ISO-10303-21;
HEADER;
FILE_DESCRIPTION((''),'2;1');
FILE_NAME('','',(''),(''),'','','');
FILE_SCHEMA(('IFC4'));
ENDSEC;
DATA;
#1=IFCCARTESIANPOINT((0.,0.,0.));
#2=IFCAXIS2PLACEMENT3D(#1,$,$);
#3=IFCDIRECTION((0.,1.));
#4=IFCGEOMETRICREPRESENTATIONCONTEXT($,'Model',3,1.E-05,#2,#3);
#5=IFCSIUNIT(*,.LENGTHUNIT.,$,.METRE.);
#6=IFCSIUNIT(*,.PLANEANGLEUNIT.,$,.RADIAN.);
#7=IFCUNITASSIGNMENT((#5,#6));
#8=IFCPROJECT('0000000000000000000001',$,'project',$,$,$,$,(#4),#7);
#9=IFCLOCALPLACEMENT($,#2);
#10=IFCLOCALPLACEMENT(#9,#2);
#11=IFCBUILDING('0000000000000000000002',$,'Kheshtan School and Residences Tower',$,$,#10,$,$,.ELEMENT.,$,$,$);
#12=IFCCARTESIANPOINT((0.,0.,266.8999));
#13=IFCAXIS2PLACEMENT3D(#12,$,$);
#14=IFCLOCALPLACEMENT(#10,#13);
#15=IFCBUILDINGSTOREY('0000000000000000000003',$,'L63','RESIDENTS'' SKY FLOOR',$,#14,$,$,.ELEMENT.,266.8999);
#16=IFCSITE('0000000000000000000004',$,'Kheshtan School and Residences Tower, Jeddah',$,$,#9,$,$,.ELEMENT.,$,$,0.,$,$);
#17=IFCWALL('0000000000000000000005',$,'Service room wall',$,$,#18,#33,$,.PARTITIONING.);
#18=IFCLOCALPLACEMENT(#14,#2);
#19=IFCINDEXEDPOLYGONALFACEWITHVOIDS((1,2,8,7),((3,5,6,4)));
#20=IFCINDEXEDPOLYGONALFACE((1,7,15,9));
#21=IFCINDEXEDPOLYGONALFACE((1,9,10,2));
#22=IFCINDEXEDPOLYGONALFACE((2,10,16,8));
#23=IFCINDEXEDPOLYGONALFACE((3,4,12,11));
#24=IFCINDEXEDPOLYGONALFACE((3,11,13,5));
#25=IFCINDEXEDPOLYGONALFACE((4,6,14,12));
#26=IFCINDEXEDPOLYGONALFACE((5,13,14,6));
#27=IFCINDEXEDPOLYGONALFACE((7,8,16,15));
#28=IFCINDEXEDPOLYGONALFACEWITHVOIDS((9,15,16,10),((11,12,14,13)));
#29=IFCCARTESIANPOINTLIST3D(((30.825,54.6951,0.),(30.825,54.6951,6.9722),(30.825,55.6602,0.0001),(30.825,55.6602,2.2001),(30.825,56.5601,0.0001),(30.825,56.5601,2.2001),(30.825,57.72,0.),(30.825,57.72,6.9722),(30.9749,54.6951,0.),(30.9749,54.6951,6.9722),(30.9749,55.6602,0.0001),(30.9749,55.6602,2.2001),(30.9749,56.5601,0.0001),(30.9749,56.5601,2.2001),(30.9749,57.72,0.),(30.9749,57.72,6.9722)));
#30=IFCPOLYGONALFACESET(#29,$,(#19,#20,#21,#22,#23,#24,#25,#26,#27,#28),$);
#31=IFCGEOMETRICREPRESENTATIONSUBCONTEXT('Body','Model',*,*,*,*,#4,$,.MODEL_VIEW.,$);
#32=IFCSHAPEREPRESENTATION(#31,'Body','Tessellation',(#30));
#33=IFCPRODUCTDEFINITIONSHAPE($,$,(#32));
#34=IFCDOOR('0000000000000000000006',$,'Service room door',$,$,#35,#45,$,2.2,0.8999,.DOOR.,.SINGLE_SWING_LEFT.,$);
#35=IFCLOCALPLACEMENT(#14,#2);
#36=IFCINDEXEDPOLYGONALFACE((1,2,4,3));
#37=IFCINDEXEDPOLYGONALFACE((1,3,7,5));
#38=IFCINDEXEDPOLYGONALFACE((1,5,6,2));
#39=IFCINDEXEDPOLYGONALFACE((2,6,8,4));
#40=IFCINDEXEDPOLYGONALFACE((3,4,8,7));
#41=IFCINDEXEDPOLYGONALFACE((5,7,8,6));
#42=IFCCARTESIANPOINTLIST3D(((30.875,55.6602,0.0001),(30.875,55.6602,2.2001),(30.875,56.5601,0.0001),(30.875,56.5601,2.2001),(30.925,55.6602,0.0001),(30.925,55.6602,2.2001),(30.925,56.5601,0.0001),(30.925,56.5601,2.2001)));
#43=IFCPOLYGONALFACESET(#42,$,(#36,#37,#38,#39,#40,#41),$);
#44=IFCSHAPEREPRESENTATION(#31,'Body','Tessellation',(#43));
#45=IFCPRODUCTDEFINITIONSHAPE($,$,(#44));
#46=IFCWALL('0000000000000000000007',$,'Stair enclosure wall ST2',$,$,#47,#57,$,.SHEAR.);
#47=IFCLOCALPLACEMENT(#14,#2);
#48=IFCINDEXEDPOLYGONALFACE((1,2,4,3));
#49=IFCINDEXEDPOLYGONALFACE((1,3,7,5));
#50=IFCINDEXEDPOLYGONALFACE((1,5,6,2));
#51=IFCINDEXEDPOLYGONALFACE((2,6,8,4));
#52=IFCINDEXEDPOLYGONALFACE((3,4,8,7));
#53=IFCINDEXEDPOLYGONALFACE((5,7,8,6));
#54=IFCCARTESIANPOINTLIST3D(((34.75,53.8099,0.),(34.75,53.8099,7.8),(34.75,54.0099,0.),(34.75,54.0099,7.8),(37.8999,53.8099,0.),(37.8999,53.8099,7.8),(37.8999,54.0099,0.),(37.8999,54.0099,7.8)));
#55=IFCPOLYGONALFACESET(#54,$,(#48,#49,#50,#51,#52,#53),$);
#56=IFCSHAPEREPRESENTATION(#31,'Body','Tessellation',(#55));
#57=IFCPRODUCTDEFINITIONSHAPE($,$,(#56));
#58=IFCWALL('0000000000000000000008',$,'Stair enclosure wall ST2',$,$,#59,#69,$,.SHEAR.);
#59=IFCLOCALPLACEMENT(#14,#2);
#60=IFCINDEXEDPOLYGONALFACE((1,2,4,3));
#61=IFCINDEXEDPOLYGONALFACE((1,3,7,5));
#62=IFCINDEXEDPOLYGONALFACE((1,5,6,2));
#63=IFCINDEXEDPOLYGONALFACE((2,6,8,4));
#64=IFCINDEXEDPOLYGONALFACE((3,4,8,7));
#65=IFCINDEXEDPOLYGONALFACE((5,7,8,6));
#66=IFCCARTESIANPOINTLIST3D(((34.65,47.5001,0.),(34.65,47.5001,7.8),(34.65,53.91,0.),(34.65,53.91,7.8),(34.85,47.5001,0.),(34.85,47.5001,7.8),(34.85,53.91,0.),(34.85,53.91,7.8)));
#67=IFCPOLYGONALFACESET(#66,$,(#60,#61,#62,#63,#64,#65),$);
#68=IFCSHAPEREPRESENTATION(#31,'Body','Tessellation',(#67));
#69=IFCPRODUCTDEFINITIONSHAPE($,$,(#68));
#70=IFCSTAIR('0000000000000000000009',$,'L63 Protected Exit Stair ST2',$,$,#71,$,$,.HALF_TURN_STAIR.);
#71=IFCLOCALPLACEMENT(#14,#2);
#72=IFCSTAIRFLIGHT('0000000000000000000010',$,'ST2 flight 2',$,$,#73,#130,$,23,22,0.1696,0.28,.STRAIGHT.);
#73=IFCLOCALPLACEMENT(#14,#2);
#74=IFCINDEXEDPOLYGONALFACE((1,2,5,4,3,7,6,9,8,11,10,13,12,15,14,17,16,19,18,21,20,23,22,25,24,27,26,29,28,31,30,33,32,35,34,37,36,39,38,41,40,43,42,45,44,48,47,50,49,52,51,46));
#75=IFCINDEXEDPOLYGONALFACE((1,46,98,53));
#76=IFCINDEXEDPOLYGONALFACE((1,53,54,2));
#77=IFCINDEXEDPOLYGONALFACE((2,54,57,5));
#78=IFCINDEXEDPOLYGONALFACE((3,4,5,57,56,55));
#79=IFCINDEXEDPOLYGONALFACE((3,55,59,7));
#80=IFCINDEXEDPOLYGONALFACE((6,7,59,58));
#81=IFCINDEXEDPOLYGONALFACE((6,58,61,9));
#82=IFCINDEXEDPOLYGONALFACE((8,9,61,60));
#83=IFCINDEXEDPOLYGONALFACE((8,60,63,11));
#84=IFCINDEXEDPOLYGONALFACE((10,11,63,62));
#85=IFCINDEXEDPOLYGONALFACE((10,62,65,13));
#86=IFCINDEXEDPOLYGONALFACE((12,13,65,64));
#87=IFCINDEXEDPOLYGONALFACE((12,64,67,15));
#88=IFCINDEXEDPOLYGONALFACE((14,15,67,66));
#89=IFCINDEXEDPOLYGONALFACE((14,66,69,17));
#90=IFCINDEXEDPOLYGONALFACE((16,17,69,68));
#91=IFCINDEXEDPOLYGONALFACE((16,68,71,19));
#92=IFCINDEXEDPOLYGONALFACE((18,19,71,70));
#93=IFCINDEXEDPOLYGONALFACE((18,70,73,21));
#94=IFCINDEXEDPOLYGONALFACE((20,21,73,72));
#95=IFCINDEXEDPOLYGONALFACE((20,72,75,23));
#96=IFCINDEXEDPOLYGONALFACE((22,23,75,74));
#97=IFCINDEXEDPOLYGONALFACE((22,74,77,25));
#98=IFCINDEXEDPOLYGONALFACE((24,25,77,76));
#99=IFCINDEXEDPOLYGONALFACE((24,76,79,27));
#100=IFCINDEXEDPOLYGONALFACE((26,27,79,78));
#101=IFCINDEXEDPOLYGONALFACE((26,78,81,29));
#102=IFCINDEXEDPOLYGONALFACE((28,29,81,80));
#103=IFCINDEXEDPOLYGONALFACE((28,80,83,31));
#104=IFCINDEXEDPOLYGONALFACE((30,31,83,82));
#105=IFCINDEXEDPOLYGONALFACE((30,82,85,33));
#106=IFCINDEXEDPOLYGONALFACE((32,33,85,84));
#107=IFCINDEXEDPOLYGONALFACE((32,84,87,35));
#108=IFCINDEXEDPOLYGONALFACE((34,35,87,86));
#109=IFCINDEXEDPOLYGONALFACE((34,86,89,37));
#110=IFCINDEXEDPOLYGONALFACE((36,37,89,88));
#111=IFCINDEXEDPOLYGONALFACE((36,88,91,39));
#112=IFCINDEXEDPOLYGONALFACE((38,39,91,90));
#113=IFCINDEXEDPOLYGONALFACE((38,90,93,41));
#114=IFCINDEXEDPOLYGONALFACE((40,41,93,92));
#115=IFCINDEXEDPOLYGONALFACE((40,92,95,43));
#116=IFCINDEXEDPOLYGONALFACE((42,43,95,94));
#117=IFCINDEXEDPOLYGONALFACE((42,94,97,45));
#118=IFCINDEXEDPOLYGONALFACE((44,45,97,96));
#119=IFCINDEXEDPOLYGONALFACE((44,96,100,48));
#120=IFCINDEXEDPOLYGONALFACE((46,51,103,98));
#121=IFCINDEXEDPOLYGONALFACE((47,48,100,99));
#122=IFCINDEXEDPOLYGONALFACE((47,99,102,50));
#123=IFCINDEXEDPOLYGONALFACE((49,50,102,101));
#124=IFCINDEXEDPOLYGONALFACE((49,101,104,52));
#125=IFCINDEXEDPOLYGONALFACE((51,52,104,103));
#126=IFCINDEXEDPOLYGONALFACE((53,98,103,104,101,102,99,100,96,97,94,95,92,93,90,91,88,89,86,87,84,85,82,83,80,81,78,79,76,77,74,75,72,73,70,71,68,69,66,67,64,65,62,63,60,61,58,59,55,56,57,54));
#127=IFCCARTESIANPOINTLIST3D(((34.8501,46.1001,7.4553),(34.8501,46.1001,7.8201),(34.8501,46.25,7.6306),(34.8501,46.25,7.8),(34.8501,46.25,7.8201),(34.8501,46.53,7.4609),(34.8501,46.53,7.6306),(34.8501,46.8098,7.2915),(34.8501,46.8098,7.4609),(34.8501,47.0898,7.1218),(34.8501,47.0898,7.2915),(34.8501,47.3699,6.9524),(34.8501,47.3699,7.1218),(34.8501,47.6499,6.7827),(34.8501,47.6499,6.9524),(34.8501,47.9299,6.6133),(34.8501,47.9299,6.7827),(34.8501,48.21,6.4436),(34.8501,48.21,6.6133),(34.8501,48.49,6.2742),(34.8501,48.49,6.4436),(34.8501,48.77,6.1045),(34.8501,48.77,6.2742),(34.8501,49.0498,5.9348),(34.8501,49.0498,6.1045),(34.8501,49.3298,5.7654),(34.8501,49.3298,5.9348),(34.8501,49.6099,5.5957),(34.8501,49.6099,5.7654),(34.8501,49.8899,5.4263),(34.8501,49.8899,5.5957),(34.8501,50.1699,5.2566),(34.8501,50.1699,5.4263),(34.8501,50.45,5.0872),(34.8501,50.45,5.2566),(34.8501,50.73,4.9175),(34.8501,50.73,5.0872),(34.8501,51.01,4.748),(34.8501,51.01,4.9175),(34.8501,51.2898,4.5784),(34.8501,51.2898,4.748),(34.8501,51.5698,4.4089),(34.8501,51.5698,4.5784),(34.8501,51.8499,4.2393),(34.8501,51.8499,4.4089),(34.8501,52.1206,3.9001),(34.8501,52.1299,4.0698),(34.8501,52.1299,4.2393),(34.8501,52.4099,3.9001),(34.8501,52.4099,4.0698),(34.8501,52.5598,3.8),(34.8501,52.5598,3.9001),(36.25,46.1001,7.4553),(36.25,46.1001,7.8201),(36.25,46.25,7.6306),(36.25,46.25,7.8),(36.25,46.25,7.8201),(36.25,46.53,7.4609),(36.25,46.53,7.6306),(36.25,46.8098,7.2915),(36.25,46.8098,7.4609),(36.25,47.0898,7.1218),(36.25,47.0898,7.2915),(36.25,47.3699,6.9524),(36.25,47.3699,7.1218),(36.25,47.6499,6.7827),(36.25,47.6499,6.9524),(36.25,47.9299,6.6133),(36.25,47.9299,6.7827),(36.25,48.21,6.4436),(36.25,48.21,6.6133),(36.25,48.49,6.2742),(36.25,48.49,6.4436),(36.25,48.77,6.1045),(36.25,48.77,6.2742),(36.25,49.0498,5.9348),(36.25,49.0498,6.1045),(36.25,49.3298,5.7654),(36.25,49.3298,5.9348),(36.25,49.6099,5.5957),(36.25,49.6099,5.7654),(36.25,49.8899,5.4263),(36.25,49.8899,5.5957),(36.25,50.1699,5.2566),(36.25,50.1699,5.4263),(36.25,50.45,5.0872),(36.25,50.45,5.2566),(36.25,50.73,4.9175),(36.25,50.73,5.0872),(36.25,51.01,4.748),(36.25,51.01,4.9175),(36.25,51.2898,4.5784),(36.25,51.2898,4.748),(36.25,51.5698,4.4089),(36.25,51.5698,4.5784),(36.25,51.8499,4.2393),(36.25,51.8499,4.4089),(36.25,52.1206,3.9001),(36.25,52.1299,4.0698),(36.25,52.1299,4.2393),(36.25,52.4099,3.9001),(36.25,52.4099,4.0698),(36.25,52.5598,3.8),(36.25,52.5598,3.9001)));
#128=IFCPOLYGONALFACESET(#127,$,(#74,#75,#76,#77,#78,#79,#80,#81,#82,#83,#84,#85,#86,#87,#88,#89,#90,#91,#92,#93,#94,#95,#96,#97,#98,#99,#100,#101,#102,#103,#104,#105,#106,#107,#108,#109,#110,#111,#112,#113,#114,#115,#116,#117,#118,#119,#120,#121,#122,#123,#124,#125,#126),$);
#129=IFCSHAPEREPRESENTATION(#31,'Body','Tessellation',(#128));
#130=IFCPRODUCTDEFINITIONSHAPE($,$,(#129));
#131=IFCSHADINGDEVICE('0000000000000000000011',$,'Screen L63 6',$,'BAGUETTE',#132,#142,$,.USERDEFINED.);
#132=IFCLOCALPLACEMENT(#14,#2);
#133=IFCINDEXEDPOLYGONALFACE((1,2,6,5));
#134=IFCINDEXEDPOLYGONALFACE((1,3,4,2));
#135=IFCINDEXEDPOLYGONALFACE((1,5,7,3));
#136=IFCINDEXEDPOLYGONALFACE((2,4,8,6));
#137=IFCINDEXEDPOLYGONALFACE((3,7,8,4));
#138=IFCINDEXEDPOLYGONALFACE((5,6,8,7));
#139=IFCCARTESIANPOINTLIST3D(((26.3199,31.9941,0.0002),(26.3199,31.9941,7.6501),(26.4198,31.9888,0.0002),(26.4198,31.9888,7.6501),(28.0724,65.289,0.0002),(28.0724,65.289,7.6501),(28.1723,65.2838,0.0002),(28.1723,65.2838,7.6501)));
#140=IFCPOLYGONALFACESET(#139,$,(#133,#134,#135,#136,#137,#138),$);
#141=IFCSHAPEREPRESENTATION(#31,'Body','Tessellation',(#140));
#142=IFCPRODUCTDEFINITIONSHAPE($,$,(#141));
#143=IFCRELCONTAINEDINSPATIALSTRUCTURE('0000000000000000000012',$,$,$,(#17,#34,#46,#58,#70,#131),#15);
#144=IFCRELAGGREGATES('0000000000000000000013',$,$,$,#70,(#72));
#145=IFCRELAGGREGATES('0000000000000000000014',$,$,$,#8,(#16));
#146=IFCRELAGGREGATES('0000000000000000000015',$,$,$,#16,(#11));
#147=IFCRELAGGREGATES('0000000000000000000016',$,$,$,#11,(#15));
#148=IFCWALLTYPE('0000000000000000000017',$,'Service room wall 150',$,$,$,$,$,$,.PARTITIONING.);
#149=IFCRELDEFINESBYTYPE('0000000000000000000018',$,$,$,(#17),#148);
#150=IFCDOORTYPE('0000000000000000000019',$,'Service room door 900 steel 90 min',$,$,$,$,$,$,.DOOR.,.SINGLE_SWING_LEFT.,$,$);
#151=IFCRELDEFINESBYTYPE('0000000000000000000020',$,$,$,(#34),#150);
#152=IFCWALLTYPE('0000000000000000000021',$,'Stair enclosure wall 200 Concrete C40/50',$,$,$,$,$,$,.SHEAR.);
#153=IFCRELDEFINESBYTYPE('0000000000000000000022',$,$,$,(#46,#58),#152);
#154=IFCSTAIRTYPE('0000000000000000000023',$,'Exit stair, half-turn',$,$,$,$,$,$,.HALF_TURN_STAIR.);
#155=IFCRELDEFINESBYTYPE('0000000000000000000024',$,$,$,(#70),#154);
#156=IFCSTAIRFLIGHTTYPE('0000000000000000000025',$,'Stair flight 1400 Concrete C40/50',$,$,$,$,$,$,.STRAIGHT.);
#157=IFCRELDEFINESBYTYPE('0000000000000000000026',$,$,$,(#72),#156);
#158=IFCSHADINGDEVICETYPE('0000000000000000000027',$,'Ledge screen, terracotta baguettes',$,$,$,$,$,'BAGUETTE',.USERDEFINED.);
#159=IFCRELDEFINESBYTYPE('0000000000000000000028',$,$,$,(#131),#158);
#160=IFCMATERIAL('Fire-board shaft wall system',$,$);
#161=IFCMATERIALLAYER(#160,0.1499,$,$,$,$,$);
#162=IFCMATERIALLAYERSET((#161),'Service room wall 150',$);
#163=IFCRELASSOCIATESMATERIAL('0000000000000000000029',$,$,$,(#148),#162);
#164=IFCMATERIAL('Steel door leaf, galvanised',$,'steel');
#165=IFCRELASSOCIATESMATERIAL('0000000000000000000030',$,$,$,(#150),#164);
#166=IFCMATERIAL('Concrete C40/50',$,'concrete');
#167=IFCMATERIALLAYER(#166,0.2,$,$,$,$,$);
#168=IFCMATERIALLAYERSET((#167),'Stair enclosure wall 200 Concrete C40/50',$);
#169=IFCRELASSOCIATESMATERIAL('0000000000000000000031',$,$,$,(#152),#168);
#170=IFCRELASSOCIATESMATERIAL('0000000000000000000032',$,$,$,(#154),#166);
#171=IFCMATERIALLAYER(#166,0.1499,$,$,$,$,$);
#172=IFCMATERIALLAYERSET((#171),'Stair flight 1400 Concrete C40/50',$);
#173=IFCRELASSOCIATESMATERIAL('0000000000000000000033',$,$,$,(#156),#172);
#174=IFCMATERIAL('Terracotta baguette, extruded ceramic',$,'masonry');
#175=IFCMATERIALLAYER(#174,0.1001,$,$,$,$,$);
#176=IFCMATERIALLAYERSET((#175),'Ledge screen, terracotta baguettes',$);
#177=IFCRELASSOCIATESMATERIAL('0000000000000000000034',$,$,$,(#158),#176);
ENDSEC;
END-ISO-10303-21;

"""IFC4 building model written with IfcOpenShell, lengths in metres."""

from ifc_helpers import new_model, si_unit, direction, frame, frame_2d, origin, origin_2d, place, context, subcontext, project, spatial, polyline, rectangle, outline, extrude, source, transform, mapped, material, layer, layer_set, type_object, element, fill, aggregate, save


model = new_model("IFC4")

# Units and contexts
model_context = context("Model", 3, precision=1e-05, world=origin(), true_north=direction((0.0, 1.0)))
body_context = subcontext(model_context, "Body", "Model", "MODEL_VIEW")
ifc_project = project(units=[si_unit("LENGTHUNIT", "METRE"), si_unit("PLANEANGLEUNIT", "RADIAN")], contexts=[model_context])

# Site, building, storey
site_placement = place(None, origin())
site = spatial("IfcSite", under=ifc_project, at=site_placement, Name="Kheshtan School and Residences Tower, Jeddah", CompositionType="ELEMENT", RefElevation=0.0)
building_placement = place(site_placement, origin())
building = spatial("IfcBuilding", under=site, at=building_placement, Name="Kheshtan School and Residences Tower", CompositionType="ELEMENT")
storey_placement = place(building_placement, frame((0.0, 0.0, 266.8999)))
storey = spatial("IfcBuildingStorey", under=building, at=storey_placement, Name="L63", Description="RESIDENTS' SKY FLOOR", CompositionType="ELEMENT", Elevation=266.8999)

# Shared definitions
ifc_material_1 = material(Name="Fire-board shaft wall system")
ifc_layer_1 = layer(ifc_material_1, 0.1499)
ifc_layer_set_1 = layer_set([ifc_layer_1], Name="Service room wall 150")
wall_type_1 = type_object("IfcWallType", Name="Service room wall 150", PredefinedType="PARTITIONING", material=ifc_layer_set_1)

# Wall, opening, door
wall_1_placement = place(storey_placement, frame((30.8999, 54.6951, 0.0), z_axis=(0.0, 0.0, 1.0), x_axis=(0.0, 1.0, 0.0)))
wall_1 = element("IfcWall", 1, at=wall_1_placement, inside=storey, type_object=wall_type_1, Name="Service room wall", PredefinedType="PARTITIONING", context=body_context, shape_type="SweptSolid", body=[
    extrude(rectangle(XDim=3.0249, YDim=0.1499, at=frame_2d((1.5125, 0.0))), origin(), (0.0, 0.0, 1.0), 6.9722),
])
opening_1_placement = place(wall_1_placement, frame((0.9651, 0.0, 0.0)))
opening_1 = element("IfcOpeningElement", 2, at=opening_1_placement, cuts=wall_1, PredefinedType="OPENING", context=body_context, shape_type="SweptSolid", body=[
    extrude(rectangle(XDim=0.8999, YDim=2.2, at=frame_2d((0.45, 1.1001))), frame((0.0, 0.085, 0.0), z_axis=(0.0, -1.0, 0.0), x_axis=(1.0, 0.0, 0.0)), (0.0, 0.0, 1.0), 0.1699),
])
ifc_material_2 = material(Name="Steel door leaf, galvanised", Category="steel")
door_type_1 = type_object("IfcDoorType", Name="Service room door 900 steel 90 min", OperationType="SINGLE_SWING_LEFT", PredefinedType="DOOR", material=ifc_material_2)
shared_shape_1 = source(origin(), body_context, "Body", "SweptSolid", [
    extrude(rectangle(XDim=0.8999, YDim=2.2, at=frame_2d((0.45, 1.1001))), frame((0.0, 0.0249, 0.0), z_axis=(0.0, -1.0, 0.0), x_axis=(1.0, 0.0, 0.0)), (0.0, 0.0, 1.0), 0.05),
])
door_1_placement = place(opening_1_placement, origin())
door_1 = element("IfcDoor", 3, at=door_1_placement, inside=storey, type_object=door_type_1, Name="Service room door", OperationType="SINGLE_SWING_LEFT", OverallHeight=2.2, OverallWidth=0.8999, PredefinedType="DOOR", context=body_context, shape_type="MappedRepresentation", body=[
    mapped(shared_shape_1, transform((0.0, 0.0, 0.0), x_axis=(1.0, 0.0, 0.0), y_axis=(0.0, 1.0, 0.0), z_axis=(0.0, 0.0, 1.0), scale=1.0)),
])
fill(opening_1, door_1)

# Walls
ifc_material_3 = material(Name="Concrete C40/50", Category="concrete")
ifc_layer_2 = layer(ifc_material_3, 0.2)
ifc_layer_set_2 = layer_set([ifc_layer_2], Name="Stair enclosure wall 200 Concrete C40/50")
wall_type_2 = type_object("IfcWallType", Name="Stair enclosure wall 200 Concrete C40/50", PredefinedType="SHEAR", material=ifc_layer_set_2)
wall_2_placement = place(storey_placement, frame((34.75, 53.9099, 0.0), z_axis=(0.0, 0.0, 1.0), x_axis=(1.0, 0.0, 0.0)))
element("IfcWall", 4, at=wall_2_placement, inside=storey, type_object=wall_type_2, Name="Stair enclosure wall ST2", PredefinedType="SHEAR", context=body_context, shape_type="SweptSolid", body=[
    extrude(rectangle(XDim=3.1499, YDim=0.2, at=frame_2d((1.575, 0.0))), origin(), (0.0, 0.0, 1.0), 7.8),
])
wall_3_placement = place(storey_placement, frame((34.75, 47.5, 0.0), z_axis=(0.0, 0.0, 1.0), x_axis=(0.0, 1.0, 0.0)))
element("IfcWall", 5, at=wall_3_placement, inside=storey, type_object=wall_type_2, Name="Stair enclosure wall ST2", PredefinedType="SHEAR", context=body_context, shape_type="SweptSolid", body=[
    extrude(rectangle(XDim=6.4099, YDim=0.2, at=frame_2d((3.2051, 0.0))), origin(), (0.0, 0.0, 1.0), 7.8),
])

# Stair, stair flight
stair_type = type_object("IfcStairType", Name="Exit stair, half-turn", PredefinedType="HALF_TURN_STAIR", material=ifc_material_3)
stair_placement = place(storey_placement, origin())
stair = element("IfcStair", 6, at=stair_placement, inside=storey, type_object=stair_type, Name="L63 Protected Exit Stair ST2", PredefinedType="HALF_TURN_STAIR")
ifc_layer_3 = layer(ifc_material_3, 0.1499)
ifc_layer_set_3 = layer_set([ifc_layer_3], Name="Stair flight 1400 Concrete C40/50")
stair_flight_type = type_object("IfcStairFlightType", Name="Stair flight 1400 Concrete C40/50", PredefinedType="STRAIGHT", material=ifc_layer_set_3)
stair_flight_placement = place(storey_placement, frame((35.55, 52.4099, 3.9001), z_axis=(0.0, 0.0, 1.0), x_axis=(0.0, -1.0, 0.0)))
stair_flight = element("IfcStairFlight", 7, at=stair_flight_placement, type_object=stair_flight_type, Name="ST2 flight 2", NumberOfRisers=23, NumberOfTreads=22, PredefinedType="STRAIGHT", RiserHeight=0.1696, TreadLength=0.28, context=body_context, shape_type="SweptSolid", body=[
    extrude(outline(polyline([(-0.1499, -0.1001), (-0.1499, 0.0), (0.0, 0.0), (0.0, 0.1697), (0.28, 0.1697), (0.28, 0.3391), (0.5601, 0.3391), (0.5601, 0.5088), (0.8401, 0.5088), (0.8401, 0.6782), (1.1201, 0.6782), (1.1201, 0.8479), (1.3999, 0.8479), (1.3999, 1.0173), (1.6799, 1.0173), (1.6799, 1.187), (1.96, 1.187), (1.96, 1.3564), (2.24, 1.3564), (2.24, 1.5261), (2.52, 1.5261), (2.52, 1.6956), (2.8, 1.6956), (2.8, 1.8652), (3.0801, 1.8652), (3.0801, 2.0347), (3.3601, 2.0347), (3.3601, 2.2043), (3.6399, 2.2043), (3.6399, 2.374), (3.9199, 2.374), (3.9199, 2.5435), (4.2, 2.5435), (4.2, 2.7131), (4.48, 2.7131), (4.48, 2.8826), (4.76, 2.8826), (4.76, 3.0522), (5.04, 3.0522), (5.04, 3.2217), (5.3201, 3.2217), (5.3201, 3.3914), (5.6001, 3.3914), (5.6001, 3.5608), (5.8799, 3.5608), (5.8799, 3.7305), (6.1599, 3.7305), (6.1599, 3.8999), (6.1599, 3.9199), (6.3098, 3.9199), (6.3098, 3.5552), (0.2893, 0.0), (-0.1499, -0.1001)])), frame((0.0, 0.7, 0.0), z_axis=(0.0, -1.0, 0.0), x_axis=(1.0, 0.0, 0.0)), (0.0, 0.0, 1.0), 1.3999),
])
aggregate(stair, [stair_flight])

# Shading device
ifc_material_4 = material(Name="Terracotta baguette, extruded ceramic", Category="masonry")
ifc_layer_4 = layer(ifc_material_4, 0.1001)
ifc_layer_set_4 = layer_set([ifc_layer_4], Name="Ledge screen, terracotta baguettes")
shading_device_type = type_object("IfcShadingDeviceType", Name="Ledge screen, terracotta baguettes", ElementType="BAGUETTE", PredefinedType="USERDEFINED", material=ifc_layer_set_4)
shading_device_placement = place(storey_placement, frame((27.2461, 48.6389, 0.0002), z_axis=(0.0, 0.0, 1.0), x_axis=(0.052563, 0.998618, 0.0)))
element("IfcShadingDevice", 8, at=shading_device_placement, inside=storey, type_object=shading_device_type, Name="Screen L63 6", ObjectType="BAGUETTE", PredefinedType="USERDEFINED", context=body_context, shape_type="SweptSolid", body=[
    extrude(rectangle(XDim=33.3411, YDim=0.1001, at=origin_2d()), origin(), (0.0, 0.0, 1.0), 7.6499),
])

save(model, "model.ifc")
